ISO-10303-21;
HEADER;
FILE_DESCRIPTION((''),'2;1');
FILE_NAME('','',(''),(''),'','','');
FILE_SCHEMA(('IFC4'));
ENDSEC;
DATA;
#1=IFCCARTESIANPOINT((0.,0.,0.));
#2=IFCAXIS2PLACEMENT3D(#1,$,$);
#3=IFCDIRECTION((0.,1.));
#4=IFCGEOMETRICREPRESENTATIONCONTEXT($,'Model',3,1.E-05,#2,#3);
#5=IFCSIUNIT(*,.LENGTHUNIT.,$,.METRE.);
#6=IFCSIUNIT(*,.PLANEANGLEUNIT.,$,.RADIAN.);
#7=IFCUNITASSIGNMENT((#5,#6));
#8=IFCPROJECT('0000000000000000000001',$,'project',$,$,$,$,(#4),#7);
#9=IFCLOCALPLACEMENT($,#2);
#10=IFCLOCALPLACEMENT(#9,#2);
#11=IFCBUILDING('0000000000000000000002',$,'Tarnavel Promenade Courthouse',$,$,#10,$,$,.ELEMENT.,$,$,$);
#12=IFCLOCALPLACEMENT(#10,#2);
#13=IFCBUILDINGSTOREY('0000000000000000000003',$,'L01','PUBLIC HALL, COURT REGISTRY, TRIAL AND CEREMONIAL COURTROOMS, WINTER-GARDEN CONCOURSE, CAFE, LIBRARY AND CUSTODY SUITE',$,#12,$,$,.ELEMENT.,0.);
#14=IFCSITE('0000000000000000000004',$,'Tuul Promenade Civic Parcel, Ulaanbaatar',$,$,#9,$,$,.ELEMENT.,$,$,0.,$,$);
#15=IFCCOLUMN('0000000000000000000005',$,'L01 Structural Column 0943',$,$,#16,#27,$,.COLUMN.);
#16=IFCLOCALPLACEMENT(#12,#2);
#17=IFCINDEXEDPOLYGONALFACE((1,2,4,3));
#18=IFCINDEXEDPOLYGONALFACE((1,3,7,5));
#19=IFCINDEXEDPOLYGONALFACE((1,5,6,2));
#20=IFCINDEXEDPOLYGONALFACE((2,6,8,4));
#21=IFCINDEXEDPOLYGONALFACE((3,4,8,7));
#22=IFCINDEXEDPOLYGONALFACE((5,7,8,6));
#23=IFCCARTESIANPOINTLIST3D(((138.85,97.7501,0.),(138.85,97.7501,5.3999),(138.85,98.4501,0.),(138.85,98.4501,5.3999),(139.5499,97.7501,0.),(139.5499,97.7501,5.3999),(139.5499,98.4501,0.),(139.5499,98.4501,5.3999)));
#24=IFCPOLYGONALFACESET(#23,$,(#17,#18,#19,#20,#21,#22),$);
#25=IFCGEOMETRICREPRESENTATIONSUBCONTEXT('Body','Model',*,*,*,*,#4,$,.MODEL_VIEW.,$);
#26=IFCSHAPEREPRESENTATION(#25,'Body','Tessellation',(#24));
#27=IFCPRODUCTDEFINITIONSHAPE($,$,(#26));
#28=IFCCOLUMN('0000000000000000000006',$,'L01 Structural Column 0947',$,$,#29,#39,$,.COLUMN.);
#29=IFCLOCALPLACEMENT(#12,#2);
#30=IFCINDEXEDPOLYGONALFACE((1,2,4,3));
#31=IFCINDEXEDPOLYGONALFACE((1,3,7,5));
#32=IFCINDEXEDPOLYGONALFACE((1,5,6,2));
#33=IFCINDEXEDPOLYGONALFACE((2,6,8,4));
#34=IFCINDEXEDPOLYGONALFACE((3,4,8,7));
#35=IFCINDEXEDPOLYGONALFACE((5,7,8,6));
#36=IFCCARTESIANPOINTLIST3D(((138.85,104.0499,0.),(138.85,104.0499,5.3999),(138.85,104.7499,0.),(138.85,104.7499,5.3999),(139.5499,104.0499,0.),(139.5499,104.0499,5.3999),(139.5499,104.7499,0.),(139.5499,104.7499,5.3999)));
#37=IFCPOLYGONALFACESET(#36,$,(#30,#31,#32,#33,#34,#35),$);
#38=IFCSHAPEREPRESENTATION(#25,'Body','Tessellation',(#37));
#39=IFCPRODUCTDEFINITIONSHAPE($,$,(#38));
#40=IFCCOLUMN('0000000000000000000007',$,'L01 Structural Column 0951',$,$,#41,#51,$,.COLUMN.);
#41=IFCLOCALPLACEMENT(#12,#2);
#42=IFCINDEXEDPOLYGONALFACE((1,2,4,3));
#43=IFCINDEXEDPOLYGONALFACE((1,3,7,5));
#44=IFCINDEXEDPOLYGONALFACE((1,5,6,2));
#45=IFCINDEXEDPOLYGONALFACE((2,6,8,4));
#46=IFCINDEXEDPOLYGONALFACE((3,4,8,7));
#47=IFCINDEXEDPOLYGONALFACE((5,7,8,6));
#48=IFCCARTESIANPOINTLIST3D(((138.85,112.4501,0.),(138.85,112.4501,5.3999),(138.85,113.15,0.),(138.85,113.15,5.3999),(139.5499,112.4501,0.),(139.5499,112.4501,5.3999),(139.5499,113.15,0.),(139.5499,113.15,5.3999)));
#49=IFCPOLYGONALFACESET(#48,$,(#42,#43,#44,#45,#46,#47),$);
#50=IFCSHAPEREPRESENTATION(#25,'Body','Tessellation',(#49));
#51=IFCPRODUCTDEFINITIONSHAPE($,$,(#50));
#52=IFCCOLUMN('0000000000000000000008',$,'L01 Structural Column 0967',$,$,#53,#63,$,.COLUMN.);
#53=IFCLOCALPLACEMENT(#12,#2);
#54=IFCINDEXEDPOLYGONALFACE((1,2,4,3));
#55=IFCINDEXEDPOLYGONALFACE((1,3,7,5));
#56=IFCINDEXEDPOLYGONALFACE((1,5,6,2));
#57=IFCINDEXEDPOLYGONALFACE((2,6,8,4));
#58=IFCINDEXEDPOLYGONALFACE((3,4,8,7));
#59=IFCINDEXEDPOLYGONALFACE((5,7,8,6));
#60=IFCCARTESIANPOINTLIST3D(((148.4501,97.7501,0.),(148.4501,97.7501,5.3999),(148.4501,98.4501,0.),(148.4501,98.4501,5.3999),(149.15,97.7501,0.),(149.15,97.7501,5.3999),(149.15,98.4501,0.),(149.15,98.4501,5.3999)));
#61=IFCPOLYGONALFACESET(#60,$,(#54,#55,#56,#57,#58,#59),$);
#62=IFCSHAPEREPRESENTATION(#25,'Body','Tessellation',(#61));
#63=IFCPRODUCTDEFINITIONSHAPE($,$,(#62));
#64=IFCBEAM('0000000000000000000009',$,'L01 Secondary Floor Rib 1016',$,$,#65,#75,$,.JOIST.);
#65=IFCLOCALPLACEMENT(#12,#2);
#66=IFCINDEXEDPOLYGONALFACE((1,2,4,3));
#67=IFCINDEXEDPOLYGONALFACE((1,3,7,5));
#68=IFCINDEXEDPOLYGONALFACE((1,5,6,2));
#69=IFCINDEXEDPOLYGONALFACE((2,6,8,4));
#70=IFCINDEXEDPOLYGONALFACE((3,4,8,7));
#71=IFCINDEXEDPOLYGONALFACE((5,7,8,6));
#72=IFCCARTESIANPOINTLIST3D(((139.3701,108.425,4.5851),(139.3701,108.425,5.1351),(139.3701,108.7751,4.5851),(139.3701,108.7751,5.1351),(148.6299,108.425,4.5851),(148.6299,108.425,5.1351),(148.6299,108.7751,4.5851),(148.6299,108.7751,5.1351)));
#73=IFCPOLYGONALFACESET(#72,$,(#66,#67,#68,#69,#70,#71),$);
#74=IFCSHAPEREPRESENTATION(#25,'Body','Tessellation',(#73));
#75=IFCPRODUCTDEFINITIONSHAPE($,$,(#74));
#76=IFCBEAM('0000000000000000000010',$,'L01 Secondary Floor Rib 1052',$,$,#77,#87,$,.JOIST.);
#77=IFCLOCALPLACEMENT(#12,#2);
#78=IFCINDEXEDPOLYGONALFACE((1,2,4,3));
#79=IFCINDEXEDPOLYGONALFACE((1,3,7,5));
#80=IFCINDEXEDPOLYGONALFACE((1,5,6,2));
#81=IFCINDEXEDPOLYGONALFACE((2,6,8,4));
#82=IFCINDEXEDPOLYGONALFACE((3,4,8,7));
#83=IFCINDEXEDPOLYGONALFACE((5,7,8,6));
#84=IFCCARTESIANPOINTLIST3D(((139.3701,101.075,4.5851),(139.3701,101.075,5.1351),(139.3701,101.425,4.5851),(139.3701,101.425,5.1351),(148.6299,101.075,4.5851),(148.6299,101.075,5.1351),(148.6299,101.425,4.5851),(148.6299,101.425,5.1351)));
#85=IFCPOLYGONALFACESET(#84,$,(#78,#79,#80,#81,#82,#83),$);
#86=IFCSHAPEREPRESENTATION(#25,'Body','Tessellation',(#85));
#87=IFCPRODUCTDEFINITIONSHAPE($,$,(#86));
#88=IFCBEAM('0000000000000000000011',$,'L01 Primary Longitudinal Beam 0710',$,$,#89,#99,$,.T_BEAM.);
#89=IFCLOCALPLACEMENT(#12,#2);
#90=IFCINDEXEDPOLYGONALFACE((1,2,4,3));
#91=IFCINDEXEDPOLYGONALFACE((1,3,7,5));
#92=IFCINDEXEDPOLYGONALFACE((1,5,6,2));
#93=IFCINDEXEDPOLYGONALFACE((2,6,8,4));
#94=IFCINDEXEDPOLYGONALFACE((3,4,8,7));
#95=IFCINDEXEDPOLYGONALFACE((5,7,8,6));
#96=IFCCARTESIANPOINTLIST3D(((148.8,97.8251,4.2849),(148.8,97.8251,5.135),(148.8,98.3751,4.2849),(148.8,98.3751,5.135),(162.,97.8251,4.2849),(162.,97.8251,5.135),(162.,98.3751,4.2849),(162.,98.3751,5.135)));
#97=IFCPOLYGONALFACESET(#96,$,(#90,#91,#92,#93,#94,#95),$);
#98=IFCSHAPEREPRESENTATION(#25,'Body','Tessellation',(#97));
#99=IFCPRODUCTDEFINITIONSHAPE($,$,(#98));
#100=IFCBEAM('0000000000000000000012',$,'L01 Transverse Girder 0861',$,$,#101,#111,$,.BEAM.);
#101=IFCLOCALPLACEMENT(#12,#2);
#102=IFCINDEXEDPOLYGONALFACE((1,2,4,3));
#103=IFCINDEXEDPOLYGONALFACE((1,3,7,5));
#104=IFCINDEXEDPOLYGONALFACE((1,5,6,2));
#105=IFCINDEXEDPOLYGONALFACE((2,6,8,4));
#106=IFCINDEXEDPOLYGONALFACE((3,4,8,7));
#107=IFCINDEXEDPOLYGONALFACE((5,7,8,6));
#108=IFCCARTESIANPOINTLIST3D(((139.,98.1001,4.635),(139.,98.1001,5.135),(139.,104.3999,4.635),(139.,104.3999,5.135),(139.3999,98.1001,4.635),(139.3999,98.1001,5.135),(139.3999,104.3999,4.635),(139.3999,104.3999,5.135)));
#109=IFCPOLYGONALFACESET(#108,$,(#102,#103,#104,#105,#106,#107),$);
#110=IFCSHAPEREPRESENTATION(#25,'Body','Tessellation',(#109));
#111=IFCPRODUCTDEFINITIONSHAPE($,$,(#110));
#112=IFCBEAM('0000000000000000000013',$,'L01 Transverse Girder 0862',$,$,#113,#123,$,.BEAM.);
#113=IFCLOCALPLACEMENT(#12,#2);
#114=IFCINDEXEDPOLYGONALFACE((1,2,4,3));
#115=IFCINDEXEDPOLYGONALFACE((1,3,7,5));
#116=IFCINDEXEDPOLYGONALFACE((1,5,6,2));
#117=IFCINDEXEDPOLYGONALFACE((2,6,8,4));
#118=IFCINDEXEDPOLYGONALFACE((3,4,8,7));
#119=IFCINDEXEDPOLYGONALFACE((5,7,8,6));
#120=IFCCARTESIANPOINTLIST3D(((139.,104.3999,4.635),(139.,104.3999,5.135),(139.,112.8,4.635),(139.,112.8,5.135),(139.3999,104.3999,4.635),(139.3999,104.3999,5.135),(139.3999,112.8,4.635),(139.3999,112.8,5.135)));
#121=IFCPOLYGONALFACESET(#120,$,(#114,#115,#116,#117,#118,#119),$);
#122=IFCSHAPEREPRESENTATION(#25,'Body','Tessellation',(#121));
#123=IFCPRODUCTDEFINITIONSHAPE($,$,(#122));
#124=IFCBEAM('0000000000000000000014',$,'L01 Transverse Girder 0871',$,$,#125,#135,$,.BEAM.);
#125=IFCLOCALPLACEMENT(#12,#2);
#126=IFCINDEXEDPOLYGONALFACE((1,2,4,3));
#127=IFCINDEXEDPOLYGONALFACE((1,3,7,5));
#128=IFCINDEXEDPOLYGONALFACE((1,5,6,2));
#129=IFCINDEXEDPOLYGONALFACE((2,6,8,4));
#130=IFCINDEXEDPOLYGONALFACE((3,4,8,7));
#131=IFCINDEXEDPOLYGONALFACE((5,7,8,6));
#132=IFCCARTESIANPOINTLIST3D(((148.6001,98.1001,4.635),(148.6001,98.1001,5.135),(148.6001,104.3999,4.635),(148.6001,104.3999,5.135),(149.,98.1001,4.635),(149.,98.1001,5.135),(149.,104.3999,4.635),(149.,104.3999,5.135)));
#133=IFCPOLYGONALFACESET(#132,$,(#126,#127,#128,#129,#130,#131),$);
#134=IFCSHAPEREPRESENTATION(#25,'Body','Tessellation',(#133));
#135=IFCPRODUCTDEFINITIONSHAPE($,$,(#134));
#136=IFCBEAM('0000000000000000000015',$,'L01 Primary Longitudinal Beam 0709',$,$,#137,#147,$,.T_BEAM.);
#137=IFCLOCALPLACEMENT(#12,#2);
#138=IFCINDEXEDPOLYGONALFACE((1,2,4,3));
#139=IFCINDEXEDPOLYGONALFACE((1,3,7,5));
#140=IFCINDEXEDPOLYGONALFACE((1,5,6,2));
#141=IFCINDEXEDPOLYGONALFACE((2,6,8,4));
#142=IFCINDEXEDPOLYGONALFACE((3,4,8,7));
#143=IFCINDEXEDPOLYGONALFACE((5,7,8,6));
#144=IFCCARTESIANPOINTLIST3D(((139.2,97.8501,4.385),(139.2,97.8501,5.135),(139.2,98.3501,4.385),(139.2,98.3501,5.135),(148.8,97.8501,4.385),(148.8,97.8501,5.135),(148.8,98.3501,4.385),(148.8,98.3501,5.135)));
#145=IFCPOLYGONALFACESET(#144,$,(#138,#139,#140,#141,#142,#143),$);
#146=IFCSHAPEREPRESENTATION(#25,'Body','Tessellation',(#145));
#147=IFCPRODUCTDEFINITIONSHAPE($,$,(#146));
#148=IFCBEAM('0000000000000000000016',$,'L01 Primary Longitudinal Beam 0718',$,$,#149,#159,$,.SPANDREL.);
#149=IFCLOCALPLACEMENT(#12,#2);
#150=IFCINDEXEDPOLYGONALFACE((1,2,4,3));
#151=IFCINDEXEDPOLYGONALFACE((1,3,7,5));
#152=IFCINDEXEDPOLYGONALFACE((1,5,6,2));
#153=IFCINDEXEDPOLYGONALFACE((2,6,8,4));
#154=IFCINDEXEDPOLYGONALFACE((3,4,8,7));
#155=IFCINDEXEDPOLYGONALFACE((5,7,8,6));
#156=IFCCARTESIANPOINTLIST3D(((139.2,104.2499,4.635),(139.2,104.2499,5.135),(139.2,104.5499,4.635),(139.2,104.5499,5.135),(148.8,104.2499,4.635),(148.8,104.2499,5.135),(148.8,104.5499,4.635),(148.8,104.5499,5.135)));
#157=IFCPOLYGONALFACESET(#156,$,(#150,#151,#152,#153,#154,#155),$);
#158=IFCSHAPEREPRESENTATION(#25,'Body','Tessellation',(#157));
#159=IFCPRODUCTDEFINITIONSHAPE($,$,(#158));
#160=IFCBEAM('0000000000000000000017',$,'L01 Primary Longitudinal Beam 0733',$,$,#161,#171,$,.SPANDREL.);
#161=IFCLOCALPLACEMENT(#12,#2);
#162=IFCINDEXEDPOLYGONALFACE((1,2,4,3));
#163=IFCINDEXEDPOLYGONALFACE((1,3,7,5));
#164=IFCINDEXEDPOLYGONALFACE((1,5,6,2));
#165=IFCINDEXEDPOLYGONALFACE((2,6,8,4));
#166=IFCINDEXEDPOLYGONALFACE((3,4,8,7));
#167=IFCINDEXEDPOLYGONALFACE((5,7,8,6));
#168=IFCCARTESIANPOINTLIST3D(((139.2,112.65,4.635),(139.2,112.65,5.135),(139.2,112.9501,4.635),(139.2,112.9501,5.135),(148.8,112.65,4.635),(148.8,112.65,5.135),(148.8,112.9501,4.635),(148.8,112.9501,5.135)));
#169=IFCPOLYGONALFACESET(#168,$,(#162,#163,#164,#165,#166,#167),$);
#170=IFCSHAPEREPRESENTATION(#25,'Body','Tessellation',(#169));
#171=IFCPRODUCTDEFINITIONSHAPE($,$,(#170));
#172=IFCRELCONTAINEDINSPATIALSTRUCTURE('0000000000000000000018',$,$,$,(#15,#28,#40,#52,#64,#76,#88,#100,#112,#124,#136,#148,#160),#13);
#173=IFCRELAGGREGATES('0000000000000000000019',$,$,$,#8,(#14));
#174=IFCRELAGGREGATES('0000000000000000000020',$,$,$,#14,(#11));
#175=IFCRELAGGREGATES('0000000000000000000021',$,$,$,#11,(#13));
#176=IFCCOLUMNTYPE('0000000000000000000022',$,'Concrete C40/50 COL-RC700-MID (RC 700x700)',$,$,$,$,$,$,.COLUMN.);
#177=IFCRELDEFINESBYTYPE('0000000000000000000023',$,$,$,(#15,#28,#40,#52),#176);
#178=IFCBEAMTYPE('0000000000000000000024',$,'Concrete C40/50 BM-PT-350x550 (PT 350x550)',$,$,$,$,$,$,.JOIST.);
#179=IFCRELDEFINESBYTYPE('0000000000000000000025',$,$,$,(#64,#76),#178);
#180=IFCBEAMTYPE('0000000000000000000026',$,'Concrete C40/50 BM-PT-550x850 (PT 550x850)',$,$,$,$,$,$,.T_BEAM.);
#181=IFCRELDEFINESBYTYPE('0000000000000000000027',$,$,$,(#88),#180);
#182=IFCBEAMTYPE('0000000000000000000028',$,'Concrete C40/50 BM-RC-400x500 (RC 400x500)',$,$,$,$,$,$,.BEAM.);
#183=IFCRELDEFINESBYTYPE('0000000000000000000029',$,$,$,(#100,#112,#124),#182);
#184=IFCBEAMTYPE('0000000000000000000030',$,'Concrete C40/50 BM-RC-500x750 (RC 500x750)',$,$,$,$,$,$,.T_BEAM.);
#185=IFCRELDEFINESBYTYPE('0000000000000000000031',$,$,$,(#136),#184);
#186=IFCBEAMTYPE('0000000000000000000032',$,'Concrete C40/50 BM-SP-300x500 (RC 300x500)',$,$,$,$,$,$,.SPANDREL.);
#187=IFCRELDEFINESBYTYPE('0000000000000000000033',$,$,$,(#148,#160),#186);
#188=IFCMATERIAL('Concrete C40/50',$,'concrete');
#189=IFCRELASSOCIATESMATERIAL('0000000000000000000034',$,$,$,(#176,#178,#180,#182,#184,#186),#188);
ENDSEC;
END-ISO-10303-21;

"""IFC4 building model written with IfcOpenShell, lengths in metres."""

from ifc_helpers import new_model, si_unit, direction, frame, origin, origin_2d, place, context, subcontext, project, spatial, rectangle, extrude, material, material_profile, profile_set, type_object, element, save


model = new_model("IFC4")

# Units and contexts
model_context = context("Model", 3, precision=1e-05, world=origin(), true_north=direction((0.0, 1.0)))
body_context = subcontext(model_context, "Body", "Model", "MODEL_VIEW")
ifc_project = project(units=[si_unit("LENGTHUNIT", "METRE"), si_unit("PLANEANGLEUNIT", "RADIAN")], contexts=[model_context])

# Site, building, storey
site_placement = place(None, origin())
site = spatial("IfcSite", under=ifc_project, at=site_placement, Name="Tuul Promenade Civic Parcel, Ulaanbaatar", CompositionType="ELEMENT", RefElevation=0.0)
building_placement = place(site_placement, origin())
building = spatial("IfcBuilding", under=site, at=building_placement, Name="Tarnavel Promenade Courthouse", CompositionType="ELEMENT")
storey_placement = place(building_placement, origin())
storey = spatial("IfcBuildingStorey", under=building, at=storey_placement, Name="L01", Description="PUBLIC HALL, COURT REGISTRY, TRIAL AND CEREMONIAL COURTROOMS, WINTER-GARDEN CONCOURSE, CAFE, LIBRARY AND CUSTODY SUITE", CompositionType="ELEMENT", Elevation=0.0)

# Columns
ifc_material_1 = material(Name="Concrete C40/50", Category="concrete")
ifc_material_profile_1 = material_profile(ifc_material_1, rectangle(XDim=0.7, YDim=0.7, at=origin_2d()), Name="RC 700x700")
ifc_profile_set_1 = profile_set([ifc_material_profile_1], Name="Concrete C40/50")
column_type = type_object("IfcColumnType", Name="Concrete C40/50 COL-RC700-MID (RC 700x700)", PredefinedType="COLUMN", material=ifc_profile_set_1)
for number, where, z_axis, x_axis, name in (
    (1, (139.2, 98.1001, 0.0), (0.0, 0.0, 1.0), (1.0, 0.0, 0.0), "L01 Structural Column 0943"),
    (2, (139.2, 104.3999, 0.0), (0.0, 0.0, 1.0), (1.0, 0.0, 0.0), "L01 Structural Column 0947"),
    (3, (139.2, 112.8, 0.0), (0.0, 0.0, 1.0), (1.0, 0.0, 0.0), "L01 Structural Column 0951"),
    (4, (148.8, 98.1001, 0.0), (0.0, 0.0, 1.0), (1.0, 0.0, 0.0), "L01 Structural Column 0967"),
):
    element("IfcColumn", number, at=place(storey_placement, frame(where, z_axis=z_axis, x_axis=x_axis)), inside=storey, type_object=column_type, Name=name, PredefinedType="COLUMN", context=body_context, shape_type="SweptSolid", body=[
        extrude(rectangle(XDim=0.7, YDim=0.7, at=origin_2d()), origin(), (0.0, 0.0, 1.0), 5.3999),
    ])

# Beams
ifc_material_profile_2 = material_profile(ifc_material_1, rectangle(XDim=0.3501, YDim=0.55, at=origin_2d()), Name="PT 350x550")
ifc_profile_set_2 = profile_set([ifc_material_profile_2], Name="Concrete C40/50")
beam_type_1 = type_object("IfcBeamType", Name="Concrete C40/50 BM-PT-350x550 (PT 350x550)", PredefinedType="JOIST", material=ifc_profile_set_2)
for number, where, z_axis, x_axis, name in (
    (5, (139.3701, 108.6001, 4.8601), (1.0, 0.0, 0.0), (0.0, 1.0, 0.0), "L01 Secondary Floor Rib 1016"),
    (6, (139.3701, 101.25, 4.8601), (1.0, 0.0, 0.0), (0.0, 1.0, 0.0), "L01 Secondary Floor Rib 1052"),
):
    element("IfcBeam", number, at=place(storey_placement, frame(where, z_axis=z_axis, x_axis=x_axis)), inside=storey, type_object=beam_type_1, Name=name, PredefinedType="JOIST", context=body_context, shape_type="SweptSolid", body=[
        extrude(rectangle(XDim=0.3501, YDim=0.55, at=origin_2d()), origin(), (0.0, 0.0, 1.0), 9.2598),
    ])
ifc_material_profile_3 = material_profile(ifc_material_1, rectangle(XDim=0.55, YDim=0.8501, at=origin_2d()), Name="PT 550x850")
ifc_profile_set_3 = profile_set([ifc_material_profile_3], Name="Concrete C40/50")
beam_type_2 = type_object("IfcBeamType", Name="Concrete C40/50 BM-PT-550x850 (PT 550x850)", PredefinedType="T_BEAM", material=ifc_profile_set_3)
beam_1_placement = place(storey_placement, frame((148.8, 98.1001, 4.71), z_axis=(1.0, 0.0, 0.0), x_axis=(0.0, 1.0, 0.0)))
element("IfcBeam", 7, at=beam_1_placement, inside=storey, type_object=beam_type_2, Name="L01 Primary Longitudinal Beam 0710", PredefinedType="T_BEAM", context=body_context, shape_type="SweptSolid", body=[
    extrude(rectangle(XDim=0.55, YDim=0.8501, at=origin_2d()), origin(), (0.0, 0.0, 1.0), 13.2),
])
ifc_material_profile_4 = material_profile(ifc_material_1, rectangle(XDim=0.3999, YDim=0.5, at=origin_2d()), Name="RC 400x500")
ifc_profile_set_4 = profile_set([ifc_material_profile_4], Name="Concrete C40/50")
beam_type_3 = type_object("IfcBeamType", Name="Concrete C40/50 BM-RC-400x500 (RC 400x500)", PredefinedType="BEAM", material=ifc_profile_set_4)
beam_2_placement = place(storey_placement, frame((139.2, 98.1001, 4.885), z_axis=(0.0, 1.0, 0.0), x_axis=(-1.0, 0.0, 0.0)))
element("IfcBeam", 8, at=beam_2_placement, inside=storey, type_object=beam_type_3, Name="L01 Transverse Girder 0861", PredefinedType="BEAM", context=body_context, shape_type="SweptSolid", body=[
    extrude(rectangle(XDim=0.3999, YDim=0.5, at=origin_2d()), origin(), (0.0, 0.0, 1.0), 6.2998),
])
beam_3_placement = place(storey_placement, frame((139.2, 104.3999, 4.885), z_axis=(0.0, 1.0, 0.0), x_axis=(-1.0, 0.0, 0.0)))
element("IfcBeam", 9, at=beam_3_placement, inside=storey, type_object=beam_type_3, Name="L01 Transverse Girder 0862", PredefinedType="BEAM", context=body_context, shape_type="SweptSolid", body=[
    extrude(rectangle(XDim=0.3999, YDim=0.5, at=origin_2d()), origin(), (0.0, 0.0, 1.0), 8.4001),
])
beam_4_placement = place(storey_placement, frame((148.8, 98.1001, 4.885), z_axis=(0.0, 1.0, 0.0), x_axis=(-1.0, 0.0, 0.0)))
element("IfcBeam", 10, at=beam_4_placement, inside=storey, type_object=beam_type_3, Name="L01 Transverse Girder 0871", PredefinedType="BEAM", context=body_context, shape_type="SweptSolid", body=[
    extrude(rectangle(XDim=0.3999, YDim=0.5, at=origin_2d()), origin(), (0.0, 0.0, 1.0), 6.2998),
])
ifc_material_profile_5 = material_profile(ifc_material_1, rectangle(XDim=0.5, YDim=0.75, at=origin_2d()), Name="RC 500x750")
ifc_profile_set_5 = profile_set([ifc_material_profile_5], Name="Concrete C40/50")
beam_type_4 = type_object("IfcBeamType", Name="Concrete C40/50 BM-RC-500x750 (RC 500x750)", PredefinedType="T_BEAM", material=ifc_profile_set_5)
beam_5_placement = place(storey_placement, frame((139.2, 98.1001, 4.76), z_axis=(1.0, 0.0, 0.0), x_axis=(0.0, 1.0, 0.0)))
element("IfcBeam", 11, at=beam_5_placement, inside=storey, type_object=beam_type_4, Name="L01 Primary Longitudinal Beam 0709", PredefinedType="T_BEAM", context=body_context, shape_type="SweptSolid", body=[
    extrude(rectangle(XDim=0.5, YDim=0.75, at=origin_2d()), origin(), (0.0, 0.0, 1.0), 9.6001),
])
ifc_material_profile_6 = material_profile(ifc_material_1, rectangle(XDim=0.3, YDim=0.5, at=origin_2d()), Name="RC 300x500")
ifc_profile_set_6 = profile_set([ifc_material_profile_6], Name="Concrete C40/50")
beam_type_5 = type_object("IfcBeamType", Name="Concrete C40/50 BM-SP-300x500 (RC 300x500)", PredefinedType="SPANDREL", material=ifc_profile_set_6)
for number, where, z_axis, x_axis, name in (
    (12, (139.2, 104.3999, 4.885), (1.0, 0.0, 0.0), (0.0, 1.0, 0.0), "L01 Primary Longitudinal Beam 0718"),
    (13, (139.2, 112.8, 4.885), (1.0, 0.0, 0.0), (0.0, 1.0, 0.0), "L01 Primary Longitudinal Beam 0733"),
):
    element("IfcBeam", number, at=place(storey_placement, frame(where, z_axis=z_axis, x_axis=x_axis)), inside=storey, type_object=beam_type_5, Name=name, PredefinedType="SPANDREL", context=body_context, shape_type="SweptSolid", body=[
        extrude(rectangle(XDim=0.3, YDim=0.5, at=origin_2d()), origin(), (0.0, 0.0, 1.0), 9.6001),
    ])

save(model, "model.ifc")
